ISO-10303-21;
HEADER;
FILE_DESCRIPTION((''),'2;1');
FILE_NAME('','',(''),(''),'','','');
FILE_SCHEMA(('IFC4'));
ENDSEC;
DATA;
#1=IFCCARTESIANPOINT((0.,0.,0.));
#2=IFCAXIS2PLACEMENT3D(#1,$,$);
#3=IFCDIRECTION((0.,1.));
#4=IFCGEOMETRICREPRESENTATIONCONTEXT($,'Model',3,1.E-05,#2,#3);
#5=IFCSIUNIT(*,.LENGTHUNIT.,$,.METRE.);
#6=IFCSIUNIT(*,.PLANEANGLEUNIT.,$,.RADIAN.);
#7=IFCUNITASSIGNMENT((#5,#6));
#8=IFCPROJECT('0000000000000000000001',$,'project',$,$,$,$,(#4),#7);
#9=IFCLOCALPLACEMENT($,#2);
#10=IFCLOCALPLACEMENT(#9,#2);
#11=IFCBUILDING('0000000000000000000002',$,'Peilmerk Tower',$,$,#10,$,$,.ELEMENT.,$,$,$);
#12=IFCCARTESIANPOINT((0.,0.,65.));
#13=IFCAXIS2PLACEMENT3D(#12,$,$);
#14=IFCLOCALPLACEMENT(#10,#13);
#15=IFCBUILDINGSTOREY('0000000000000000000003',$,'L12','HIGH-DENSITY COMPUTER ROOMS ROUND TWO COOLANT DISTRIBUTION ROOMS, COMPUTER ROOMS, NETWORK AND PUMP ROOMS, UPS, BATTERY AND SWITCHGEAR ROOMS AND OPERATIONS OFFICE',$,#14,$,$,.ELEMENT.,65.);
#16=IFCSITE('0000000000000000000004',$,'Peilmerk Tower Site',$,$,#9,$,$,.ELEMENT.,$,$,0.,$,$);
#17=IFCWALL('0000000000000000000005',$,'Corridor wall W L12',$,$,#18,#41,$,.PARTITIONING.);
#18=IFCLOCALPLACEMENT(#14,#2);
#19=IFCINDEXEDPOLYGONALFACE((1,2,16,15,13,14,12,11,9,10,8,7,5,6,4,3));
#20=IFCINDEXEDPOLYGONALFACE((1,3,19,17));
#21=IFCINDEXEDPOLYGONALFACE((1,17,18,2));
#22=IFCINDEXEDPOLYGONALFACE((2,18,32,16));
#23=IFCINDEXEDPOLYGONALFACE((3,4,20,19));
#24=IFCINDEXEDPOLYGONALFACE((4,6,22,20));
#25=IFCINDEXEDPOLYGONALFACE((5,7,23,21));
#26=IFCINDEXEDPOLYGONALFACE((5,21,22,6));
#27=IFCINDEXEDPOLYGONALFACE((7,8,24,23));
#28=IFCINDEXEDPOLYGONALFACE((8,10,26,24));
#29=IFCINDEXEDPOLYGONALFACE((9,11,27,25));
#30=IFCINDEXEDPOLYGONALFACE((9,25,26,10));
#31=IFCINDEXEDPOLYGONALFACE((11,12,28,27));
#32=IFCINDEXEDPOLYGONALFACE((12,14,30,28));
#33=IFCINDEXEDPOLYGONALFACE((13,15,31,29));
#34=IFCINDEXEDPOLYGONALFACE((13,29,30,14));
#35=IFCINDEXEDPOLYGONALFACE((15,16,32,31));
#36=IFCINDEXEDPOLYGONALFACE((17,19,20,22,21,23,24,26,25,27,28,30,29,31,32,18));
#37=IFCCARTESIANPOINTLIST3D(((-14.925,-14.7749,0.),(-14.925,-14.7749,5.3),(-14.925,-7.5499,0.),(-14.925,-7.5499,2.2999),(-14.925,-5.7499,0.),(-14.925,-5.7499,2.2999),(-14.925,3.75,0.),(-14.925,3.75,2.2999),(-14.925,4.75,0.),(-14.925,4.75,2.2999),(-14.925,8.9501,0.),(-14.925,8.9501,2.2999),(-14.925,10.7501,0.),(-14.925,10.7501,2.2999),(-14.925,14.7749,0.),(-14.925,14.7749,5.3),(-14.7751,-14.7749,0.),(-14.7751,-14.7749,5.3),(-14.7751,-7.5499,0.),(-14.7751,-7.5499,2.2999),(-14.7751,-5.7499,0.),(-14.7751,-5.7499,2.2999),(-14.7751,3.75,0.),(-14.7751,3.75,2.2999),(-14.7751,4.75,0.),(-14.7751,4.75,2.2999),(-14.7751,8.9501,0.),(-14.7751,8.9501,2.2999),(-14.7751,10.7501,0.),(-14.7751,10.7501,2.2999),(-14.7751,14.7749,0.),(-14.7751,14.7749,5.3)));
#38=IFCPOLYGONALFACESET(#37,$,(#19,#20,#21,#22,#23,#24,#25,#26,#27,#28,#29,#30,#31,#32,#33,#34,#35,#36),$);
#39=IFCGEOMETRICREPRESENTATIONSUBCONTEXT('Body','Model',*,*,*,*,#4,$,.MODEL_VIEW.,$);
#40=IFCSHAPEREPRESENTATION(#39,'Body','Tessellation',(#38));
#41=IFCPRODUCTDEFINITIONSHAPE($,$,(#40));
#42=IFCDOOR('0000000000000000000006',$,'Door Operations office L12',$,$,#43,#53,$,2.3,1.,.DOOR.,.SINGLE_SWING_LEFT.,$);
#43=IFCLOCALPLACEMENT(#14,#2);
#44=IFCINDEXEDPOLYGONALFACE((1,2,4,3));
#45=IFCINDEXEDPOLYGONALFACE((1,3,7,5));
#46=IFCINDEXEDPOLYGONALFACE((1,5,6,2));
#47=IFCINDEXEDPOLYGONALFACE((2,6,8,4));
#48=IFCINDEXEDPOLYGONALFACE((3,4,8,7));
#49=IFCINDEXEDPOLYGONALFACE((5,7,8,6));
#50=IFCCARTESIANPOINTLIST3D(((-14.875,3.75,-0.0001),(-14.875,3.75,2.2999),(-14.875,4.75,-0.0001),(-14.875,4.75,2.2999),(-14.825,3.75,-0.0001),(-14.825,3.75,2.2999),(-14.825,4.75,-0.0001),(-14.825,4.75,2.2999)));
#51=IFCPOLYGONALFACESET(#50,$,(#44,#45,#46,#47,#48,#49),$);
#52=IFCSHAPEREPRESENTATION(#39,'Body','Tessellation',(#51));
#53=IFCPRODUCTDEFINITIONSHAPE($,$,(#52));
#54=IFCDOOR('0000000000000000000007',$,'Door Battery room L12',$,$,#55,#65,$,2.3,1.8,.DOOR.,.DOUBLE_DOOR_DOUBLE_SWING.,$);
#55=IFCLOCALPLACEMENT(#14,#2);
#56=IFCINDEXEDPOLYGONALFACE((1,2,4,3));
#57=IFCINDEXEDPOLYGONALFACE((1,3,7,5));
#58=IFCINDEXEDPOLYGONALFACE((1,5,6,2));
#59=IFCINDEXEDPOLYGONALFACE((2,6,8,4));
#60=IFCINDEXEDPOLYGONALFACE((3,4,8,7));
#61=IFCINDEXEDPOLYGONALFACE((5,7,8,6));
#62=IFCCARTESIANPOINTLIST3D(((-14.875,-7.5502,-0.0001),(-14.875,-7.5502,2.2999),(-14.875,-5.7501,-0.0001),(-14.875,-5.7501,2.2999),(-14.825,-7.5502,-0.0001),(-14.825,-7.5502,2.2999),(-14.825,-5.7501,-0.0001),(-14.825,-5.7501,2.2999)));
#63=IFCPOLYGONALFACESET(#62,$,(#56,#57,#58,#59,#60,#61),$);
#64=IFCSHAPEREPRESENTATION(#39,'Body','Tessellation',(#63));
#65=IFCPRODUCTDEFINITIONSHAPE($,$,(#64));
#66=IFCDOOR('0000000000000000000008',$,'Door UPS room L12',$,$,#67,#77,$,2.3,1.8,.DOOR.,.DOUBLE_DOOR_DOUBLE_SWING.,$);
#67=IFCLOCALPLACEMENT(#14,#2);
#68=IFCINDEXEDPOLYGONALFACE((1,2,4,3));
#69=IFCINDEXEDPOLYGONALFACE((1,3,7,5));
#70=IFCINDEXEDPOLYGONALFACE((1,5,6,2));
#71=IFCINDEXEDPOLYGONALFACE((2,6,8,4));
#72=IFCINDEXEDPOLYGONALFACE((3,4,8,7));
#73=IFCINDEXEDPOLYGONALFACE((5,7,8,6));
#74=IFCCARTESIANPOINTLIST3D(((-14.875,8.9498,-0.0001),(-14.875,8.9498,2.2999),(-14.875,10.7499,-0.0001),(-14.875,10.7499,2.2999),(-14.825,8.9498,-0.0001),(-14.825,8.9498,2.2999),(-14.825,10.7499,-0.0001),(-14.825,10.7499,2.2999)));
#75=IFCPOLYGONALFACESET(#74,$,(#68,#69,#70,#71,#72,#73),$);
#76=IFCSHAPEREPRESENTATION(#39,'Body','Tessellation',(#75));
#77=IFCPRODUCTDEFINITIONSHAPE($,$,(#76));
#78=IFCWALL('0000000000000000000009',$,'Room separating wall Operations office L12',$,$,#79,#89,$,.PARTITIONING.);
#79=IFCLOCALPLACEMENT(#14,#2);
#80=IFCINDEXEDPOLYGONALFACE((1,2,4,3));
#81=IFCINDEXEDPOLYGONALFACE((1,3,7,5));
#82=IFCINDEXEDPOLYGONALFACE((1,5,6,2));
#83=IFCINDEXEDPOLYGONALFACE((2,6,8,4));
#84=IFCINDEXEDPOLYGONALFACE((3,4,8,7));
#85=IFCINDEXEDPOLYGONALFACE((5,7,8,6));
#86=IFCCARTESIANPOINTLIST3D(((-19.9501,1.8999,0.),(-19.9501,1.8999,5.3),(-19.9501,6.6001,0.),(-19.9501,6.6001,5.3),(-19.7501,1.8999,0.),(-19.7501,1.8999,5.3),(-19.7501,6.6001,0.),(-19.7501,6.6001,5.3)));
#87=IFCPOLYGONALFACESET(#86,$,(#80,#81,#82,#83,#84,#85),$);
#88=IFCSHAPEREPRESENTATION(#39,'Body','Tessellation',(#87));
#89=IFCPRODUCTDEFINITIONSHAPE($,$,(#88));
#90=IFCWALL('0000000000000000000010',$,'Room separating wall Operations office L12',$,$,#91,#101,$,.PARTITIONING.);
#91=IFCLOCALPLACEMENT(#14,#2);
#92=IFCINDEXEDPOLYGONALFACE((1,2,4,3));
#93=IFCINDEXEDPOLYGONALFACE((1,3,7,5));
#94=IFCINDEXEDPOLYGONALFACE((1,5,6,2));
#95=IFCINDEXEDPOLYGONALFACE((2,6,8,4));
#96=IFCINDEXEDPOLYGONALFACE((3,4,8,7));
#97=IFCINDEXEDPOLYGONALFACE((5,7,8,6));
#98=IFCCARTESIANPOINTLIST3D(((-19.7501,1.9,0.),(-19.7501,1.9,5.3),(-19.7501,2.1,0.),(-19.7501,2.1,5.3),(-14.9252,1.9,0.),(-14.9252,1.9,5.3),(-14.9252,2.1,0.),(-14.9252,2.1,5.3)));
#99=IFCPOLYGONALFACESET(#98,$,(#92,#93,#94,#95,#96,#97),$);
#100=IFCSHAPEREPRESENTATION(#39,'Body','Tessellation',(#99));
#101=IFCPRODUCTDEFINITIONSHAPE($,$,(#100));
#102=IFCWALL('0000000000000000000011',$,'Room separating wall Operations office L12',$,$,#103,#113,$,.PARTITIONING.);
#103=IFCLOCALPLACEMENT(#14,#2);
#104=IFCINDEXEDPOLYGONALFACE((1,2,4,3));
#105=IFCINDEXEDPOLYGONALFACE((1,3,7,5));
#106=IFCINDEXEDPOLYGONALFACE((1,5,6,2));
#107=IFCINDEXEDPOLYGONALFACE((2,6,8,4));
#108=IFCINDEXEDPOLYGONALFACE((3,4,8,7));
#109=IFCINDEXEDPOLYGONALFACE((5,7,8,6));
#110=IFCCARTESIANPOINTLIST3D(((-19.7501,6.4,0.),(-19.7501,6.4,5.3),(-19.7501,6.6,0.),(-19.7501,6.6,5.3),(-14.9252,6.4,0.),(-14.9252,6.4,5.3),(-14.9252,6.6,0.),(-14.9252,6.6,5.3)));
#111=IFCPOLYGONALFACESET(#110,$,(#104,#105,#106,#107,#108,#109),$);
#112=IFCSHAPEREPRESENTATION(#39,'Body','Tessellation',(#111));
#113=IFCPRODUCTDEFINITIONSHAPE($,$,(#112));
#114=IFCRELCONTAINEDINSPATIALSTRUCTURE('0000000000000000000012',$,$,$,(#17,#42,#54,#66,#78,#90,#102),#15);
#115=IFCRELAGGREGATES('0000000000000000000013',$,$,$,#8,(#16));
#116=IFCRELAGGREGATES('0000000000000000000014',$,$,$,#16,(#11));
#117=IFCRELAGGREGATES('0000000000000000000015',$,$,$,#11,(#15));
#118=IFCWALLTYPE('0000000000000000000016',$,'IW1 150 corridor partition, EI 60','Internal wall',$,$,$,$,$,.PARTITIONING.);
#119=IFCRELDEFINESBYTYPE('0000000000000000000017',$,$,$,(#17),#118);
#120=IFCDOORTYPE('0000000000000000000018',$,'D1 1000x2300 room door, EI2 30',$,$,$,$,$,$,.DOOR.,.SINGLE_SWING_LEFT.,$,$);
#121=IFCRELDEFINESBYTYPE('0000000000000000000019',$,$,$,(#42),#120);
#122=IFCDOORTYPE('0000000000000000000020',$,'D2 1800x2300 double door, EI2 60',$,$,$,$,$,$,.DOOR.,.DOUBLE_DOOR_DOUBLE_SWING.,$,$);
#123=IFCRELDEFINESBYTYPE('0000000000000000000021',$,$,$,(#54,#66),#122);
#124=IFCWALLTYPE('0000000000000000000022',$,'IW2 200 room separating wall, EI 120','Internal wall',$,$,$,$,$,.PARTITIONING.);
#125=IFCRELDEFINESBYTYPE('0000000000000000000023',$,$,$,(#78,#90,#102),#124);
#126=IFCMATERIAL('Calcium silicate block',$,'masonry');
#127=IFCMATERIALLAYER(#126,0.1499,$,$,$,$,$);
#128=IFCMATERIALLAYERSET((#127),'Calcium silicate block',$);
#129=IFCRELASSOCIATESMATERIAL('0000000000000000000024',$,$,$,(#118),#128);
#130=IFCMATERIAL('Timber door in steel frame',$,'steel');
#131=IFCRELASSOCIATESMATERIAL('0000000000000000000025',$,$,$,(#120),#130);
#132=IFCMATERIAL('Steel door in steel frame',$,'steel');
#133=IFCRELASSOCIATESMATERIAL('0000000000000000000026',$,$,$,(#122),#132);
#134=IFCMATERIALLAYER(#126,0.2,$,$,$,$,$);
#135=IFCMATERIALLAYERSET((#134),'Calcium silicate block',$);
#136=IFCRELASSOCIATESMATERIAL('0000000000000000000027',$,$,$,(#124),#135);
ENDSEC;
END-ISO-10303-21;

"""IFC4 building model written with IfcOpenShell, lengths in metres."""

from ifc_helpers import new_model, si_unit, direction, frame, frame_2d, origin, place, context, subcontext, project, spatial, rectangle, extrude, material, layer, layer_set, type_object, element, fill, save


model = new_model("IFC4")

# Units and contexts
model_context = context("Model", 3, precision=1e-05, world=origin(), true_north=direction((0.0, 1.0)))
body_context = subcontext(model_context, "Body", "Model", "MODEL_VIEW")
ifc_project = project(units=[si_unit("LENGTHUNIT", "METRE"), si_unit("PLANEANGLEUNIT", "RADIAN")], contexts=[model_context])

# Site, building, storey
site_placement = place(None, origin())
site = spatial("IfcSite", under=ifc_project, at=site_placement, Name="Peilmerk Tower Site", CompositionType="ELEMENT", RefElevation=0.0)
building_placement = place(site_placement, origin())
building = spatial("IfcBuilding", under=site, at=building_placement, Name="Peilmerk Tower", CompositionType="ELEMENT")
storey_placement = place(building_placement, frame((0.0, 0.0, 65.0)))
storey = spatial("IfcBuildingStorey", under=building, at=storey_placement, Name="L12", Description="HIGH-DENSITY COMPUTER ROOMS ROUND TWO COOLANT DISTRIBUTION ROOMS, COMPUTER ROOMS, NETWORK AND PUMP ROOMS, UPS, BATTERY AND SWITCHGEAR ROOMS AND OPERATIONS OFFICE", CompositionType="ELEMENT", Elevation=65.0)

# Wall, openings, doors
ifc_material_1 = material(Name="Calcium silicate block", Category="masonry")
ifc_layer_1 = layer(ifc_material_1, 0.1499)
ifc_layer_set_1 = layer_set([ifc_layer_1], Name="Calcium silicate block")
wall_type_1 = type_object("IfcWallType", Name="IW1 150 corridor partition, EI 60", Description="Internal wall", PredefinedType="PARTITIONING", material=ifc_layer_set_1)
ifc_material_2 = material(Name="Timber door in steel frame", Category="steel")
door_type_1 = type_object("IfcDoorType", Name="D1 1000x2300 room door, EI2 30", OperationType="SINGLE_SWING_LEFT", PredefinedType="DOOR", material=ifc_material_2)
ifc_material_3 = material(Name="Steel door in steel frame", Category="steel")
door_type_2 = type_object("IfcDoorType", Name="D2 1800x2300 double door, EI2 60", OperationType="DOUBLE_DOOR_DOUBLE_SWING", PredefinedType="DOOR", material=ifc_material_3)
wall_1_placement = place(storey_placement, frame((-14.8501, 14.7749, 0.0), z_axis=(0.0, 0.0, 1.0), x_axis=(0.0, -1.0, 0.0)))
wall_1 = element("IfcWall", 1, at=wall_1_placement, inside=storey, type_object=wall_type_1, Name="Corridor wall W L12", PredefinedType="PARTITIONING", context=body_context, shape_type="SweptSolid", body=[
    extrude(rectangle(XDim=29.5498, YDim=0.1499, at=frame_2d((14.7749, 0.0))), origin(), (0.0, 0.0, 1.0), 5.3),
])
opening_1_placement = place(wall_1_placement, frame((20.5249, 0.0, 0.0)))
opening_1 = element("IfcOpeningElement", 2, at=opening_1_placement, cuts=wall_1, PredefinedType="OPENING", context=body_context, shape_type="SweptSolid", body=[
    extrude(rectangle(XDim=1.8, YDim=2.3, at=frame_2d((0.8999, 1.1499))), frame((0.0, 0.085, 0.0), z_axis=(0.0, -1.0, 0.0), x_axis=(1.0, 0.0, 0.0)), (0.0, 0.0, 1.0), 0.1699),
])
opening_2_placement = place(wall_1_placement, frame((4.0249, 0.0, 0.0)))
opening_2 = element("IfcOpeningElement", 3, at=opening_2_placement, cuts=wall_1, PredefinedType="OPENING", context=body_context, shape_type="SweptSolid", body=[
    extrude(rectangle(XDim=1.8, YDim=2.3, at=frame_2d((0.8999, 1.1499))), frame((0.0, 0.085, 0.0), z_axis=(0.0, -1.0, 0.0), x_axis=(1.0, 0.0, 0.0)), (0.0, 0.0, 1.0), 0.1699),
])
opening_3_placement = place(wall_1_placement, frame((10.0249, 0.0, 0.0)))
opening_3 = element("IfcOpeningElement", 4, at=opening_3_placement, cuts=wall_1, PredefinedType="OPENING", context=body_context, shape_type="SweptSolid", body=[
    extrude(rectangle(XDim=1.0, YDim=2.3, at=frame_2d((0.5, 1.1499))), frame((0.0, 0.085, 0.0), z_axis=(0.0, -1.0, 0.0), x_axis=(1.0, 0.0, 0.0)), (0.0, 0.0, 1.0), 0.1699),
])
door_1_placement = place(opening_3_placement, frame((1.0, 0.0, 0.0), z_axis=(0.0, 0.0, 1.0), x_axis=(-1.0, 0.0, 0.0)))
door_1 = element("IfcDoor", 5, at=door_1_placement, inside=storey, type_object=door_type_1, Name="Door Operations office L12", OperationType="SINGLE_SWING_LEFT", OverallHeight=2.3, OverallWidth=1.0, PredefinedType="DOOR", context=body_context, shape_type="SweptSolid", body=[
    extrude(rectangle(XDim=1.0, YDim=2.3, at=frame_2d((0.5, 1.1499))), frame((0.0, 0.0249, 0.0), z_axis=(0.0, -1.0, 0.0), x_axis=(1.0, 0.0, 0.0)), (0.0, 0.0, 1.0), 0.05),
])
fill(opening_3, door_1)
door_2_placement = place(opening_1_placement, frame((1.8, 0.0, 0.0), z_axis=(0.0, 0.0, 1.0), x_axis=(-1.0, 0.0, 0.0)))
door_2 = element("IfcDoor", 6, at=door_2_placement, inside=storey, type_object=door_type_2, Name="Door Battery room L12", OperationType="DOUBLE_DOOR_DOUBLE_SWING", OverallHeight=2.3, OverallWidth=1.8, PredefinedType="DOOR", context=body_context, shape_type="SweptSolid", body=[
    extrude(rectangle(XDim=1.8, YDim=2.3, at=frame_2d((0.8999, 1.1499))), frame((0.0, 0.0249, 0.0), z_axis=(0.0, -1.0, 0.0), x_axis=(1.0, 0.0, 0.0)), (0.0, 0.0, 1.0), 0.05),
])
fill(opening_1, door_2)
door_3_placement = place(opening_2_placement, frame((1.8, 0.0, 0.0), z_axis=(0.0, 0.0, 1.0), x_axis=(-1.0, 0.0, 0.0)))
door_3 = element("IfcDoor", 7, at=door_3_placement, inside=storey, type_object=door_type_2, Name="Door UPS room L12", OperationType="DOUBLE_DOOR_DOUBLE_SWING", OverallHeight=2.3, OverallWidth=1.8, PredefinedType="DOOR", context=body_context, shape_type="SweptSolid", body=[
    extrude(rectangle(XDim=1.8, YDim=2.3, at=frame_2d((0.8999, 1.1499))), frame((0.0, 0.0249, 0.0), z_axis=(0.0, -1.0, 0.0), x_axis=(1.0, 0.0, 0.0)), (0.0, 0.0, 1.0), 0.05),
])
fill(opening_2, door_3)

# Walls
ifc_layer_2 = layer(ifc_material_1, 0.2)
ifc_layer_set_2 = layer_set([ifc_layer_2], Name="Calcium silicate block")
wall_type_2 = type_object("IfcWallType", Name="IW2 200 room separating wall, EI 120", Description="Internal wall", PredefinedType="PARTITIONING", material=ifc_layer_set_2)
wall_2_placement = place(storey_placement, frame((-19.8501, 1.8999, 0.0), z_axis=(0.0, 0.0, 1.0), x_axis=(0.0, 1.0, 0.0)))
element("IfcWall", 8, at=wall_2_placement, inside=storey, type_object=wall_type_2, Name="Room separating wall Operations office L12", PredefinedType="PARTITIONING", context=body_context, shape_type="SweptSolid", body=[
    extrude(rectangle(XDim=4.7002, YDim=0.2, at=frame_2d((2.3501, 0.0))), origin(), (0.0, 0.0, 1.0), 5.3),
])
for number, where, z_axis, x_axis, name in (
    (9, (-14.925, 2.0, 0.0), (0.0, 0.0, 1.0), (-1.0, 0.0, 0.0), "Room separating wall Operations office L12"),
    (10, (-14.925, 6.5, 0.0), (0.0, 0.0, 1.0), (-1.0, 0.0, 0.0), "Room separating wall Operations office L12"),
):
    element("IfcWall", number, at=place(storey_placement, frame(where, z_axis=z_axis, x_axis=x_axis)), inside=storey, type_object=wall_type_2, Name=name, PredefinedType="PARTITIONING", context=body_context, shape_type="SweptSolid", body=[
        extrude(rectangle(XDim=4.825, YDim=0.2, at=frame_2d((2.4126, 0.0))), origin(), (0.0, 0.0, 1.0), 5.3),
    ])

save(model, "model.ifc")
